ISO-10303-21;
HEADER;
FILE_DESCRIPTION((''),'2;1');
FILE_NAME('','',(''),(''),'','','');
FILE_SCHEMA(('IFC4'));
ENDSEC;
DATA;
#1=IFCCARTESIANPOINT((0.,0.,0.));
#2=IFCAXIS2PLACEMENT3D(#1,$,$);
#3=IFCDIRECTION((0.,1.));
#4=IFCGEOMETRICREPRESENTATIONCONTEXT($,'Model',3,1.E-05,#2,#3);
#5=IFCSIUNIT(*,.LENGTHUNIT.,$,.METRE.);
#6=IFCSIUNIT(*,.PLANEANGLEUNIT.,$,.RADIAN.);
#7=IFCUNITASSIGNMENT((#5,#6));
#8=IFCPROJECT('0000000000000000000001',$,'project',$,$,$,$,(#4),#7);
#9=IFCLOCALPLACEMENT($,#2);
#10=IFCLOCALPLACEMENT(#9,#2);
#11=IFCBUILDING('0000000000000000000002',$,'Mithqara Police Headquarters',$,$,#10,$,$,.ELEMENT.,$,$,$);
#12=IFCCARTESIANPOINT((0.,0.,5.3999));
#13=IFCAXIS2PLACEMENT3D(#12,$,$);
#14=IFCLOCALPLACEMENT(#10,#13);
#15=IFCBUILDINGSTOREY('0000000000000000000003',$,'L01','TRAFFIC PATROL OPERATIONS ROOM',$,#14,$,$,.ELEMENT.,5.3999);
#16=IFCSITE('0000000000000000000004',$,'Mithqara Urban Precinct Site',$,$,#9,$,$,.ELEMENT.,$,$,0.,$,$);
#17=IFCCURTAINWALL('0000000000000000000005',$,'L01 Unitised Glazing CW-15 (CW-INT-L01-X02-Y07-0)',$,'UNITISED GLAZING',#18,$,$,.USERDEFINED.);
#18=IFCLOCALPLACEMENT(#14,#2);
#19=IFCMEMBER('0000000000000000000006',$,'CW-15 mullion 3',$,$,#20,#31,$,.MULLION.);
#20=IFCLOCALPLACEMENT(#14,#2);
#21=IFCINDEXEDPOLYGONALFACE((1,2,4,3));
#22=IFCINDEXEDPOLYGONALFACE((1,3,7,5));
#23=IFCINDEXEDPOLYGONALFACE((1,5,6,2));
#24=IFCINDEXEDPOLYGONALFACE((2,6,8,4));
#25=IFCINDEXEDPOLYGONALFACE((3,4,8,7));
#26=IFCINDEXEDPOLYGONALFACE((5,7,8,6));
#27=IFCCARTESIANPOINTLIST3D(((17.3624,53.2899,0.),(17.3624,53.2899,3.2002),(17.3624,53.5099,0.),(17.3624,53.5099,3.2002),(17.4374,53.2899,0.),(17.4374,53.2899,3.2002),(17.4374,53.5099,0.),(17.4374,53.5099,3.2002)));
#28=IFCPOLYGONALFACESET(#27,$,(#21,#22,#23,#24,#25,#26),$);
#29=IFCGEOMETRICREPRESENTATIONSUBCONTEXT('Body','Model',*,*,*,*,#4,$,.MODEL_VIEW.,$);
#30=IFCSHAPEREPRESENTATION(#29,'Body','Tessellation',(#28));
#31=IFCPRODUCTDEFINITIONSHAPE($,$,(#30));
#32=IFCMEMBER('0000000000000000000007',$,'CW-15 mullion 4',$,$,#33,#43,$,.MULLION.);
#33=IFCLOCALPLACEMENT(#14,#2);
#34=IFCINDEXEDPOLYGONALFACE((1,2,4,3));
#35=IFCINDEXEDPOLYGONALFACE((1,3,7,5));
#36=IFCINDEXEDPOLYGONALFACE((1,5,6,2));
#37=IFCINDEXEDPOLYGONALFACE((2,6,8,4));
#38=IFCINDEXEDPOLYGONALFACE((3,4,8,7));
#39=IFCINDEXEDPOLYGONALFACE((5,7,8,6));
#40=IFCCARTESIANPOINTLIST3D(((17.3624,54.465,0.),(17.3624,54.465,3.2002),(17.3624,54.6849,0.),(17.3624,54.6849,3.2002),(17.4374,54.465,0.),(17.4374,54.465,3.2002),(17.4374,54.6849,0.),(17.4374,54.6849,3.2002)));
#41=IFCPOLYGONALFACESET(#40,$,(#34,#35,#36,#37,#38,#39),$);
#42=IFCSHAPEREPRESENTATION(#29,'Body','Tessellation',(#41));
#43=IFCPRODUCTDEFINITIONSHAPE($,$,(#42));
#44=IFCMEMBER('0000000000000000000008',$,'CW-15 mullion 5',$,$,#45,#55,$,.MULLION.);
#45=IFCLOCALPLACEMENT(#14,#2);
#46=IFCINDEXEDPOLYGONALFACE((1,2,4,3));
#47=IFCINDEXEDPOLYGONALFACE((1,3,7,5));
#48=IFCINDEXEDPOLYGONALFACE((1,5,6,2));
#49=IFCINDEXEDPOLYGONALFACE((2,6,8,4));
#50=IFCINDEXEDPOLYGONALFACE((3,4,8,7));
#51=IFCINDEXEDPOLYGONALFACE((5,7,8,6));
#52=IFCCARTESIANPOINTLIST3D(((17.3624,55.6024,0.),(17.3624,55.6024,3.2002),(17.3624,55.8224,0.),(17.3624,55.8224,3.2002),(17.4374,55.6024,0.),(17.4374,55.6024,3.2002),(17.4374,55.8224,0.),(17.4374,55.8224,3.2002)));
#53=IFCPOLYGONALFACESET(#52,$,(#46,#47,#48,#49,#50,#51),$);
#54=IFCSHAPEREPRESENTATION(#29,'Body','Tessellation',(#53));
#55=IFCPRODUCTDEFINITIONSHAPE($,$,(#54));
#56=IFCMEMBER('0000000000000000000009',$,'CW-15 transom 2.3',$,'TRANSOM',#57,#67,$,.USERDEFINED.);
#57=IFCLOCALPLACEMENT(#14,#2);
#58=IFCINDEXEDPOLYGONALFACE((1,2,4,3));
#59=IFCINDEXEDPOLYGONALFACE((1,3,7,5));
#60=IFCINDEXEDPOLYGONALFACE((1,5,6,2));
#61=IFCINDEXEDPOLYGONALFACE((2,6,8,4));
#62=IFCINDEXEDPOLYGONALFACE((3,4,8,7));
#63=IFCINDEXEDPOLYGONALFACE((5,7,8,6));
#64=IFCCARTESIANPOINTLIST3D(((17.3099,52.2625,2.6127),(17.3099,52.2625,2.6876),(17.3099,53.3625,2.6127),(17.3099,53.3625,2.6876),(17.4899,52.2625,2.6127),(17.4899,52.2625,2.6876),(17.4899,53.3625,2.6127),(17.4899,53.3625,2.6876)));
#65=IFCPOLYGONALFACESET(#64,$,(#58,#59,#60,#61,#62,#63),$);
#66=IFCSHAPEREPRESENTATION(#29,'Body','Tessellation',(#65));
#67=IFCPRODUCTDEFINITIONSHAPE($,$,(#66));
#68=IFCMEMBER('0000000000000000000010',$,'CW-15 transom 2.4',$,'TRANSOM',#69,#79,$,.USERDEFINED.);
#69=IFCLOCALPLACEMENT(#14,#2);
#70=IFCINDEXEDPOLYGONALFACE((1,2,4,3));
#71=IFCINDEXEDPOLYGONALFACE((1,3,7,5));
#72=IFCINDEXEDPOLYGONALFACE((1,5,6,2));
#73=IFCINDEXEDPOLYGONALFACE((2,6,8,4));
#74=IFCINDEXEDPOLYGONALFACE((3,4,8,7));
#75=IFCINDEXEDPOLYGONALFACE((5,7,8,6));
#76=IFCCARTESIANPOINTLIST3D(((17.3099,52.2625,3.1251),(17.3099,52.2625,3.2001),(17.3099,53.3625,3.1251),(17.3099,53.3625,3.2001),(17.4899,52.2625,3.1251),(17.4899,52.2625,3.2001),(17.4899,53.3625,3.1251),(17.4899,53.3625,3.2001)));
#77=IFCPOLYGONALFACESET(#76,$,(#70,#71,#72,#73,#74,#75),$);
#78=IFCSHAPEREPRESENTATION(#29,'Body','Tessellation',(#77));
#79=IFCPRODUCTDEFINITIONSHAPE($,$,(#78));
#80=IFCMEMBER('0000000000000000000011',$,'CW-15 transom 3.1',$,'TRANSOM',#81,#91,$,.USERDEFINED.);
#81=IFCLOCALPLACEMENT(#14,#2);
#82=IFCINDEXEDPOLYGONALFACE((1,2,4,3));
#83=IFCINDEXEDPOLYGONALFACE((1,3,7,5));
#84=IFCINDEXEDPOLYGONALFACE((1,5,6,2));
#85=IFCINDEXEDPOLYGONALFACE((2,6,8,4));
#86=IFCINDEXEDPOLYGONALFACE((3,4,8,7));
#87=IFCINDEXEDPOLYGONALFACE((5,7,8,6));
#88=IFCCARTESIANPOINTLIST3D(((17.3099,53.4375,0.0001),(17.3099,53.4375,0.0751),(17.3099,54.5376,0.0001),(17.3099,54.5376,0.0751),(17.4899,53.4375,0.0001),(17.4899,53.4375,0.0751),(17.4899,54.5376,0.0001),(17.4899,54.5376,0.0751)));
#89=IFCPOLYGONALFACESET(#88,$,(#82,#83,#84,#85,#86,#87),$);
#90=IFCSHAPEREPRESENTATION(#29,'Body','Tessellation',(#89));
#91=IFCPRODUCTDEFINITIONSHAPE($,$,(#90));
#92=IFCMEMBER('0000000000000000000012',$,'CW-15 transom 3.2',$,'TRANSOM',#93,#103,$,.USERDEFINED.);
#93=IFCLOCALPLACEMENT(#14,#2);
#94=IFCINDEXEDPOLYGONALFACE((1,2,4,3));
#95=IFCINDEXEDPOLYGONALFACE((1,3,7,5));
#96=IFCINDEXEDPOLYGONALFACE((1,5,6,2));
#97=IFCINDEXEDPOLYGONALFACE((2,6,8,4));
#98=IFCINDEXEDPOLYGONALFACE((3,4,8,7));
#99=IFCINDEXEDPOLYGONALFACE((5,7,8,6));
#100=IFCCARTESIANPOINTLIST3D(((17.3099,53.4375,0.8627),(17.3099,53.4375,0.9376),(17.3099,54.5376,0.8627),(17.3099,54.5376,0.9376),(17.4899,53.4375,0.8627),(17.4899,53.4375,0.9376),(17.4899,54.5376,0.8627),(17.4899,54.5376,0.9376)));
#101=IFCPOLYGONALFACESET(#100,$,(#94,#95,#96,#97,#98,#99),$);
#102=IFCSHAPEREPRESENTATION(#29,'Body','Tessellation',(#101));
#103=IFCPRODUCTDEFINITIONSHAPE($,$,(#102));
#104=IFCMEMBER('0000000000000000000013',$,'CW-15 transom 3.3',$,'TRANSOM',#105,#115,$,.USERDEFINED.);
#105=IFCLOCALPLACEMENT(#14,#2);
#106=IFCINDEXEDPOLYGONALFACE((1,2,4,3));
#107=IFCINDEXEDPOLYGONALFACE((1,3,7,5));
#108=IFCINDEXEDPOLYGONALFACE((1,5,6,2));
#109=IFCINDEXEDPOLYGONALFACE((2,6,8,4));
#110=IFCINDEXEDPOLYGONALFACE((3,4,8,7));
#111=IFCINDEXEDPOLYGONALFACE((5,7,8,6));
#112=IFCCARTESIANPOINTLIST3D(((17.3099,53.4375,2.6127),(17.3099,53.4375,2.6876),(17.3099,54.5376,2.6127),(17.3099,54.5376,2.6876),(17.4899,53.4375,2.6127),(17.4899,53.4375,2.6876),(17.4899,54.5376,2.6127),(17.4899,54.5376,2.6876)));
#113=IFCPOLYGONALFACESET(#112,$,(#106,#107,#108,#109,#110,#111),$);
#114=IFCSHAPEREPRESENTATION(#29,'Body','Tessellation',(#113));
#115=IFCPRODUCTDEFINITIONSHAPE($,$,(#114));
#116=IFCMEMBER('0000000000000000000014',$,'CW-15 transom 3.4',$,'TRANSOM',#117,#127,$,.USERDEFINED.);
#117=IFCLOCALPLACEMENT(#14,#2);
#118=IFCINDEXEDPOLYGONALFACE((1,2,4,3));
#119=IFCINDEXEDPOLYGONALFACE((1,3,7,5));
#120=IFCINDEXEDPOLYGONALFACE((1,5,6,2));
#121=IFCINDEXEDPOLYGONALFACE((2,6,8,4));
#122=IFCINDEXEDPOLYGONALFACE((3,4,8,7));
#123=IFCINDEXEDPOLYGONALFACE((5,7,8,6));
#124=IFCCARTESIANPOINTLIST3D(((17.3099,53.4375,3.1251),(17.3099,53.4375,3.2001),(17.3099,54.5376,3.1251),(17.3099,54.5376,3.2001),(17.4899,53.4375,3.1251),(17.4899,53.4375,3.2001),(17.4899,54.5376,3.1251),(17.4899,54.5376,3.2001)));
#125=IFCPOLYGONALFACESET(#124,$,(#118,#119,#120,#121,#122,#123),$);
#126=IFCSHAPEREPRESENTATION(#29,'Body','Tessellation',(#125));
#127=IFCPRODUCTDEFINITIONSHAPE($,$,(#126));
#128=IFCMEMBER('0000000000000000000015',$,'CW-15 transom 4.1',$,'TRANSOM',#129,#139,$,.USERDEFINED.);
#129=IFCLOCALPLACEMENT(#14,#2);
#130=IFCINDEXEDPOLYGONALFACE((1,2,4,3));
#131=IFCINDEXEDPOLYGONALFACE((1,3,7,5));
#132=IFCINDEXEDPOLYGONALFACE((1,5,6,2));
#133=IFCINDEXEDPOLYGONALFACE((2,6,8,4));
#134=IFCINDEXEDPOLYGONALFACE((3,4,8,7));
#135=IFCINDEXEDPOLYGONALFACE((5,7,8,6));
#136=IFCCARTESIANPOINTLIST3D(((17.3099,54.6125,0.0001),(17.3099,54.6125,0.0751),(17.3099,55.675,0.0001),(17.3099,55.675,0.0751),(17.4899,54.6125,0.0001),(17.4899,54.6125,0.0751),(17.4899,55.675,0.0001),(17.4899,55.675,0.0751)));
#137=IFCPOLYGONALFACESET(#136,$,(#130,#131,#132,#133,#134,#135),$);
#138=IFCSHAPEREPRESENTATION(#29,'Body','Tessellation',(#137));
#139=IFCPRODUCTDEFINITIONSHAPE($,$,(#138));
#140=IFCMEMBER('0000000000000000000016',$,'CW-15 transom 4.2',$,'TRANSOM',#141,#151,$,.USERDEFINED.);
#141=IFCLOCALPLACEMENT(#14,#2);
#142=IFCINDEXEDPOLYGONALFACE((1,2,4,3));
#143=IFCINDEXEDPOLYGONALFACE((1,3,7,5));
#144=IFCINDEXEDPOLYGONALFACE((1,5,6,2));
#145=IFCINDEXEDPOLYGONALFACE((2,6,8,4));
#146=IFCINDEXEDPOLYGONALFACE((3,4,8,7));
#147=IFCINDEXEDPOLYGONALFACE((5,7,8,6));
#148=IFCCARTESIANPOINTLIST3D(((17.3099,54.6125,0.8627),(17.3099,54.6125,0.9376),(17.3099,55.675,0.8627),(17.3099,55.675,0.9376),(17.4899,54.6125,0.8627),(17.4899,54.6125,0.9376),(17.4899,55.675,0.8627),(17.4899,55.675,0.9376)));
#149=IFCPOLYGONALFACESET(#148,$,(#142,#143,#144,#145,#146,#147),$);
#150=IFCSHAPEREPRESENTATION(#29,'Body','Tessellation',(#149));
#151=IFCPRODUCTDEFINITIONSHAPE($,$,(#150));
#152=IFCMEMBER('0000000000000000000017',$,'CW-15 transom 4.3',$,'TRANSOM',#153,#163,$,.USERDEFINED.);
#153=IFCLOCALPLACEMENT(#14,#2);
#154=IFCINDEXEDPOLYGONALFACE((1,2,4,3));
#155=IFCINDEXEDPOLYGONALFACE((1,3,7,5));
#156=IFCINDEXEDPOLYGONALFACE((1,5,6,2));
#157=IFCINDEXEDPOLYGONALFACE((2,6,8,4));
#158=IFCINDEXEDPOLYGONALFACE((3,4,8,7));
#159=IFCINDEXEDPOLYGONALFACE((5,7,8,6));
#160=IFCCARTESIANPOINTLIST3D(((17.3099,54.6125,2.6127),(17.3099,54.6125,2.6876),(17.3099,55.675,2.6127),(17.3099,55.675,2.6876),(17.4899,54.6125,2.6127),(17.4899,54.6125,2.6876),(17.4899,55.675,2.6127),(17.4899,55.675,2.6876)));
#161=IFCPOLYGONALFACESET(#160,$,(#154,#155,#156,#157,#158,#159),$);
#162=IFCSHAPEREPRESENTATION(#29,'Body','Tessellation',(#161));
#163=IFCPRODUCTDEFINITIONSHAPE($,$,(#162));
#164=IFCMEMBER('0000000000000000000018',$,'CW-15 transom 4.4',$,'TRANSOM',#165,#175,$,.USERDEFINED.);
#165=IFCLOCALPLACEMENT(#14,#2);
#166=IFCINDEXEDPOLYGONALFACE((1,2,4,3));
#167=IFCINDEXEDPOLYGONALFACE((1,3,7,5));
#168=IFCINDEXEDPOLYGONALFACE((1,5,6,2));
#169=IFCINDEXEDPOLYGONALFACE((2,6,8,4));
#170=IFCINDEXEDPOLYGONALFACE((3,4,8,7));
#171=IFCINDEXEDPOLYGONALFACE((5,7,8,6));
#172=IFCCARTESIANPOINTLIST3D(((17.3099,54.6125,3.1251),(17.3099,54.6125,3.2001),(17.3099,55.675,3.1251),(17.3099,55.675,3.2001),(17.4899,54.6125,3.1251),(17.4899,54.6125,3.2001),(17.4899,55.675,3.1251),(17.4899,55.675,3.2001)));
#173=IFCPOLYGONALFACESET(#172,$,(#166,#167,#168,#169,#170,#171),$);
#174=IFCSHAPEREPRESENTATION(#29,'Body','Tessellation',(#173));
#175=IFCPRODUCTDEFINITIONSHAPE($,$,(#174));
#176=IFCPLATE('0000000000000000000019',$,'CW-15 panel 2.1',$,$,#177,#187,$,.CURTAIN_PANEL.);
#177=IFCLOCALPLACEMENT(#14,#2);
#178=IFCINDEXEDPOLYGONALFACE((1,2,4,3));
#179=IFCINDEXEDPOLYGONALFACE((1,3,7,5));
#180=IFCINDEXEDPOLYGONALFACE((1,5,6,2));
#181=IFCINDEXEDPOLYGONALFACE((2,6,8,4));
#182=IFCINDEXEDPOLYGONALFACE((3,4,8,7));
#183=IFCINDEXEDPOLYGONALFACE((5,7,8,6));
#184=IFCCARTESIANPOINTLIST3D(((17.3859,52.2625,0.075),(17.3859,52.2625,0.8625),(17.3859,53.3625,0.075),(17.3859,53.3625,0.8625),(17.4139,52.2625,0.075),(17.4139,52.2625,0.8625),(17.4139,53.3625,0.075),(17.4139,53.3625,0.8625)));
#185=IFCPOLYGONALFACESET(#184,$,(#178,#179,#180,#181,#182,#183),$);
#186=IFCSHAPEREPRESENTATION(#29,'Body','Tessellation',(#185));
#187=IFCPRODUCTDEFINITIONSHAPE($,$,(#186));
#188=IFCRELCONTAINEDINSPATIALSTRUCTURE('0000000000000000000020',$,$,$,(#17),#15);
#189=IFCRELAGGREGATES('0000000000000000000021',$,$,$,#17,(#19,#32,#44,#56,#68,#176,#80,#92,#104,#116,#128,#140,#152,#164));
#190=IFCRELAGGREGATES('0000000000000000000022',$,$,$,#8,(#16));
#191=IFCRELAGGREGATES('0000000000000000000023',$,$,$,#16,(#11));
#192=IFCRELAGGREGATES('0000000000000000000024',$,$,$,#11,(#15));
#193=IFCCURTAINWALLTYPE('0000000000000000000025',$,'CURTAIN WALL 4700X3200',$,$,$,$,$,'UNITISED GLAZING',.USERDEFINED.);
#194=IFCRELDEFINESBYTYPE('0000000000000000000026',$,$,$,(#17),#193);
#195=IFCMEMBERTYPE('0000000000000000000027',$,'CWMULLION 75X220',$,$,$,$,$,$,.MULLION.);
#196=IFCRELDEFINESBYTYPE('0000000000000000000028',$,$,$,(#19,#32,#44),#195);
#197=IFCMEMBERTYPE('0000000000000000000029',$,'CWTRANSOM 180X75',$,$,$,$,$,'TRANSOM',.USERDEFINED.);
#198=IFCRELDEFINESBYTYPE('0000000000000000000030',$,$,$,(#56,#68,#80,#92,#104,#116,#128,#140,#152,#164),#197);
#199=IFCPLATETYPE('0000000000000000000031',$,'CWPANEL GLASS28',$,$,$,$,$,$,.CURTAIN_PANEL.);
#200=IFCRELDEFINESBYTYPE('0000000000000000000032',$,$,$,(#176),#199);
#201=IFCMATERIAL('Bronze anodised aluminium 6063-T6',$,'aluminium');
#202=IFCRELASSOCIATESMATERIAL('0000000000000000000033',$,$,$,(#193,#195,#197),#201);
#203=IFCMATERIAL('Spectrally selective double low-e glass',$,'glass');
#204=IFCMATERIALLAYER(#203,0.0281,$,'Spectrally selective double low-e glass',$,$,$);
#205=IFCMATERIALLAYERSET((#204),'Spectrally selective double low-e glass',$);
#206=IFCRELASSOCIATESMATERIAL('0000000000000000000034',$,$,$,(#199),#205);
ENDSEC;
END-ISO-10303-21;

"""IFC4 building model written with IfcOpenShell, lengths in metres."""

from ifc_helpers import new_model, si_unit, direction, frame, origin, origin_2d, place, context, subcontext, project, spatial, rectangle, extrude, material, layer, layer_set, material_profile, profile_set, type_object, element, aggregate, save


model = new_model("IFC4")

# Units and contexts
model_context = context("Model", 3, precision=1e-05, world=origin(), true_north=direction((0.0, 1.0)))
body_context = subcontext(model_context, "Body", "Model", "MODEL_VIEW")
ifc_project = project(units=[si_unit("LENGTHUNIT", "METRE"), si_unit("PLANEANGLEUNIT", "RADIAN")], contexts=[model_context])

# Site, building, storey
site_placement = place(None, origin())
site = spatial("IfcSite", under=ifc_project, at=site_placement, Name="Mithqara Urban Precinct Site", CompositionType="ELEMENT", RefElevation=0.0)
building_placement = place(site_placement, origin())
building = spatial("IfcBuilding", under=site, at=building_placement, Name="Mithqara Police Headquarters", CompositionType="ELEMENT")
storey_placement = place(building_placement, frame((0.0, 0.0, 5.3999)))
storey = spatial("IfcBuildingStorey", under=building, at=storey_placement, Name="L01", Description="TRAFFIC PATROL OPERATIONS ROOM", CompositionType="ELEMENT", Elevation=5.3999)

# Curtain wall, members, plate
ifc_material_1 = material(Name="Bronze anodised aluminium 6063-T6", Category="aluminium")
curtain_wall_type = type_object("IfcCurtainWallType", Name="CURTAIN WALL 4700X3200", ElementType="UNITISED GLAZING", PredefinedType="USERDEFINED", material=ifc_material_1)
curtain_wall_placement = place(storey_placement, origin())
curtain_wall = element("IfcCurtainWall", 1, at=curtain_wall_placement, inside=storey, type_object=curtain_wall_type, Name="L01 Unitised Glazing CW-15 (CW-INT-L01-X02-Y07-0)", ObjectType="UNITISED GLAZING", PredefinedType="USERDEFINED")
ifc_material_profile_1 = material_profile(ifc_material_1, rectangle(XDim=0.075, YDim=0.22, at=origin_2d()), Name="CWM 75x220")
ifc_profile_set_1 = profile_set([ifc_material_profile_1], Name="Bronze anodised aluminium 6063-T6")
member_type_1 = type_object("IfcMemberType", Name="CWMULLION 75X220", PredefinedType="MULLION", material=ifc_profile_set_1)
member_1_placement = place(storey_placement, frame((17.3999, 53.3999, 0.0), z_axis=(0.0, 0.0, 1.0), x_axis=(-1.0, 0.0, 0.0)))
member_1 = element("IfcMember", 2, at=member_1_placement, type_object=member_type_1, Name="CW-15 mullion 3", PredefinedType="MULLION", context=body_context, shape_type="SweptSolid", body=[
    extrude(rectangle(XDim=0.075, YDim=0.22, at=origin_2d()), origin(), (0.0, 0.0, 1.0), 3.2002),
])
member_2_placement = place(storey_placement, frame((17.3999, 54.575, 0.0), z_axis=(0.0, 0.0, 1.0), x_axis=(-1.0, 0.0, 0.0)))
member_2 = element("IfcMember", 3, at=member_2_placement, type_object=member_type_1, Name="CW-15 mullion 4", PredefinedType="MULLION", context=body_context, shape_type="SweptSolid", body=[
    extrude(rectangle(XDim=0.075, YDim=0.22, at=origin_2d()), origin(), (0.0, 0.0, 1.0), 3.2002),
])
member_3_placement = place(storey_placement, frame((17.3999, 55.7124, 0.0), z_axis=(0.0, 0.0, 1.0), x_axis=(-1.0, 0.0, 0.0)))
member_3 = element("IfcMember", 4, at=member_3_placement, type_object=member_type_1, Name="CW-15 mullion 5", PredefinedType="MULLION", context=body_context, shape_type="SweptSolid", body=[
    extrude(rectangle(XDim=0.075, YDim=0.22, at=origin_2d()), origin(), (0.0, 0.0, 1.0), 3.2002),
])
ifc_material_profile_2 = material_profile(ifc_material_1, rectangle(XDim=0.1799, YDim=0.075, at=origin_2d()), Name="CWT 180x75")
ifc_profile_set_2 = profile_set([ifc_material_profile_2], Name="Bronze anodised aluminium 6063-T6")
member_type_2 = type_object("IfcMemberType", Name="CWTRANSOM 180X75", ElementType="TRANSOM", PredefinedType="USERDEFINED", material=ifc_profile_set_2)
member_4_placement = place(storey_placement, frame((17.3999, 52.2625, 2.6501), z_axis=(0.0, 1.0, 0.0), x_axis=(-1.0, 0.0, 0.0)))
member_4 = element("IfcMember", 5, at=member_4_placement, type_object=member_type_2, Name="CW-15 transom 2.3", ObjectType="TRANSOM", PredefinedType="USERDEFINED", context=body_context, shape_type="SweptSolid", body=[
    extrude(rectangle(XDim=0.1799, YDim=0.075, at=origin_2d()), origin(), (0.0, 0.0, 1.0), 1.1001),
])
member_5_placement = place(storey_placement, frame((17.3999, 52.2625, 3.1626), z_axis=(0.0, 1.0, 0.0), x_axis=(-1.0, 0.0, 0.0)))
member_5 = element("IfcMember", 6, at=member_5_placement, type_object=member_type_2, Name="CW-15 transom 2.4", ObjectType="TRANSOM", PredefinedType="USERDEFINED", context=body_context, shape_type="SweptSolid", body=[
    extrude(rectangle(XDim=0.1799, YDim=0.075, at=origin_2d()), origin(), (0.0, 0.0, 1.0), 1.1001),
])
member_6_placement = place(storey_placement, frame((17.3999, 53.4375, 0.0376), z_axis=(0.0, 1.0, 0.0), x_axis=(-1.0, 0.0, 0.0)))
member_6 = element("IfcMember", 7, at=member_6_placement, type_object=member_type_2, Name="CW-15 transom 3.1", ObjectType="TRANSOM", PredefinedType="USERDEFINED", context=body_context, shape_type="SweptSolid", body=[
    extrude(rectangle(XDim=0.1799, YDim=0.075, at=origin_2d()), origin(), (0.0, 0.0, 1.0), 1.1001),
])
member_7_placement = place(storey_placement, frame((17.3999, 53.4375, 0.9001), z_axis=(0.0, 1.0, 0.0), x_axis=(-1.0, 0.0, 0.0)))
member_7 = element("IfcMember", 8, at=member_7_placement, type_object=member_type_2, Name="CW-15 transom 3.2", ObjectType="TRANSOM", PredefinedType="USERDEFINED", context=body_context, shape_type="SweptSolid", body=[
    extrude(rectangle(XDim=0.1799, YDim=0.075, at=origin_2d()), origin(), (0.0, 0.0, 1.0), 1.1001),
])
member_8_placement = place(storey_placement, frame((17.3999, 53.4375, 2.6501), z_axis=(0.0, 1.0, 0.0), x_axis=(-1.0, 0.0, 0.0)))
member_8 = element("IfcMember", 9, at=member_8_placement, type_object=member_type_2, Name="CW-15 transom 3.3", ObjectType="TRANSOM", PredefinedType="USERDEFINED", context=body_context, shape_type="SweptSolid", body=[
    extrude(rectangle(XDim=0.1799, YDim=0.075, at=origin_2d()), origin(), (0.0, 0.0, 1.0), 1.1001),
])
member_9_placement = place(storey_placement, frame((17.3999, 53.4375, 3.1626), z_axis=(0.0, 1.0, 0.0), x_axis=(-1.0, 0.0, 0.0)))
member_9 = element("IfcMember", 10, at=member_9_placement, type_object=member_type_2, Name="CW-15 transom 3.4", ObjectType="TRANSOM", PredefinedType="USERDEFINED", context=body_context, shape_type="SweptSolid", body=[
    extrude(rectangle(XDim=0.1799, YDim=0.075, at=origin_2d()), origin(), (0.0, 0.0, 1.0), 1.1001),
])
member_10_placement = place(storey_placement, frame((17.3999, 54.6125, 0.0376), z_axis=(0.0, 1.0, 0.0), x_axis=(-1.0, 0.0, 0.0)))
member_10 = element("IfcMember", 11, at=member_10_placement, type_object=member_type_2, Name="CW-15 transom 4.1", ObjectType="TRANSOM", PredefinedType="USERDEFINED", context=body_context, shape_type="SweptSolid", body=[
    extrude(rectangle(XDim=0.1799, YDim=0.075, at=origin_2d()), origin(), (0.0, 0.0, 1.0), 1.0625),
])
member_11_placement = place(storey_placement, frame((17.3999, 54.6125, 0.9001), z_axis=(0.0, 1.0, 0.0), x_axis=(-1.0, 0.0, 0.0)))
member_11 = element("IfcMember", 12, at=member_11_placement, type_object=member_type_2, Name="CW-15 transom 4.2", ObjectType="TRANSOM", PredefinedType="USERDEFINED", context=body_context, shape_type="SweptSolid", body=[
    extrude(rectangle(XDim=0.1799, YDim=0.075, at=origin_2d()), origin(), (0.0, 0.0, 1.0), 1.0625),
])
member_12_placement = place(storey_placement, frame((17.3999, 54.6125, 2.6501), z_axis=(0.0, 1.0, 0.0), x_axis=(-1.0, 0.0, 0.0)))
member_12 = element("IfcMember", 13, at=member_12_placement, type_object=member_type_2, Name="CW-15 transom 4.3", ObjectType="TRANSOM", PredefinedType="USERDEFINED", context=body_context, shape_type="SweptSolid", body=[
    extrude(rectangle(XDim=0.1799, YDim=0.075, at=origin_2d()), origin(), (0.0, 0.0, 1.0), 1.0625),
])
member_13_placement = place(storey_placement, frame((17.3999, 54.6125, 3.1626), z_axis=(0.0, 1.0, 0.0), x_axis=(-1.0, 0.0, 0.0)))
member_13 = element("IfcMember", 14, at=member_13_placement, type_object=member_type_2, Name="CW-15 transom 4.4", ObjectType="TRANSOM", PredefinedType="USERDEFINED", context=body_context, shape_type="SweptSolid", body=[
    extrude(rectangle(XDim=0.1799, YDim=0.075, at=origin_2d()), origin(), (0.0, 0.0, 1.0), 1.0625),
])
ifc_material_2 = material(Name="Spectrally selective double low-e glass", Category="glass")
ifc_layer = layer(ifc_material_2, 0.0281, Name="Spectrally selective double low-e glass")
ifc_layer_set = layer_set([ifc_layer], Name="Spectrally selective double low-e glass")
plate_type = type_object("IfcPlateType", Name="CWPANEL GLASS28", PredefinedType="CURTAIN_PANEL", material=ifc_layer_set)
plate_1_placement = place(storey_placement, frame((17.3999, 52.8125, 0.075), z_axis=(0.0, 0.0, 1.0), x_axis=(0.0, 1.0, 0.0)))
plate_1 = element("IfcPlate", 15, at=plate_1_placement, type_object=plate_type, Name="CW-15 panel 2.1", PredefinedType="CURTAIN_PANEL", context=body_context, shape_type="SweptSolid", body=[
    extrude(rectangle(XDim=1.1001, YDim=0.0281, at=origin_2d()), origin(), (0.0, 0.0, 1.0), 0.7876),
])
aggregate(curtain_wall, [member_1, member_2, member_3, member_4, member_5, plate_1, member_6, member_7, member_8, member_9, member_10, member_11, member_12, member_13])

save(model, "model.ifc")
